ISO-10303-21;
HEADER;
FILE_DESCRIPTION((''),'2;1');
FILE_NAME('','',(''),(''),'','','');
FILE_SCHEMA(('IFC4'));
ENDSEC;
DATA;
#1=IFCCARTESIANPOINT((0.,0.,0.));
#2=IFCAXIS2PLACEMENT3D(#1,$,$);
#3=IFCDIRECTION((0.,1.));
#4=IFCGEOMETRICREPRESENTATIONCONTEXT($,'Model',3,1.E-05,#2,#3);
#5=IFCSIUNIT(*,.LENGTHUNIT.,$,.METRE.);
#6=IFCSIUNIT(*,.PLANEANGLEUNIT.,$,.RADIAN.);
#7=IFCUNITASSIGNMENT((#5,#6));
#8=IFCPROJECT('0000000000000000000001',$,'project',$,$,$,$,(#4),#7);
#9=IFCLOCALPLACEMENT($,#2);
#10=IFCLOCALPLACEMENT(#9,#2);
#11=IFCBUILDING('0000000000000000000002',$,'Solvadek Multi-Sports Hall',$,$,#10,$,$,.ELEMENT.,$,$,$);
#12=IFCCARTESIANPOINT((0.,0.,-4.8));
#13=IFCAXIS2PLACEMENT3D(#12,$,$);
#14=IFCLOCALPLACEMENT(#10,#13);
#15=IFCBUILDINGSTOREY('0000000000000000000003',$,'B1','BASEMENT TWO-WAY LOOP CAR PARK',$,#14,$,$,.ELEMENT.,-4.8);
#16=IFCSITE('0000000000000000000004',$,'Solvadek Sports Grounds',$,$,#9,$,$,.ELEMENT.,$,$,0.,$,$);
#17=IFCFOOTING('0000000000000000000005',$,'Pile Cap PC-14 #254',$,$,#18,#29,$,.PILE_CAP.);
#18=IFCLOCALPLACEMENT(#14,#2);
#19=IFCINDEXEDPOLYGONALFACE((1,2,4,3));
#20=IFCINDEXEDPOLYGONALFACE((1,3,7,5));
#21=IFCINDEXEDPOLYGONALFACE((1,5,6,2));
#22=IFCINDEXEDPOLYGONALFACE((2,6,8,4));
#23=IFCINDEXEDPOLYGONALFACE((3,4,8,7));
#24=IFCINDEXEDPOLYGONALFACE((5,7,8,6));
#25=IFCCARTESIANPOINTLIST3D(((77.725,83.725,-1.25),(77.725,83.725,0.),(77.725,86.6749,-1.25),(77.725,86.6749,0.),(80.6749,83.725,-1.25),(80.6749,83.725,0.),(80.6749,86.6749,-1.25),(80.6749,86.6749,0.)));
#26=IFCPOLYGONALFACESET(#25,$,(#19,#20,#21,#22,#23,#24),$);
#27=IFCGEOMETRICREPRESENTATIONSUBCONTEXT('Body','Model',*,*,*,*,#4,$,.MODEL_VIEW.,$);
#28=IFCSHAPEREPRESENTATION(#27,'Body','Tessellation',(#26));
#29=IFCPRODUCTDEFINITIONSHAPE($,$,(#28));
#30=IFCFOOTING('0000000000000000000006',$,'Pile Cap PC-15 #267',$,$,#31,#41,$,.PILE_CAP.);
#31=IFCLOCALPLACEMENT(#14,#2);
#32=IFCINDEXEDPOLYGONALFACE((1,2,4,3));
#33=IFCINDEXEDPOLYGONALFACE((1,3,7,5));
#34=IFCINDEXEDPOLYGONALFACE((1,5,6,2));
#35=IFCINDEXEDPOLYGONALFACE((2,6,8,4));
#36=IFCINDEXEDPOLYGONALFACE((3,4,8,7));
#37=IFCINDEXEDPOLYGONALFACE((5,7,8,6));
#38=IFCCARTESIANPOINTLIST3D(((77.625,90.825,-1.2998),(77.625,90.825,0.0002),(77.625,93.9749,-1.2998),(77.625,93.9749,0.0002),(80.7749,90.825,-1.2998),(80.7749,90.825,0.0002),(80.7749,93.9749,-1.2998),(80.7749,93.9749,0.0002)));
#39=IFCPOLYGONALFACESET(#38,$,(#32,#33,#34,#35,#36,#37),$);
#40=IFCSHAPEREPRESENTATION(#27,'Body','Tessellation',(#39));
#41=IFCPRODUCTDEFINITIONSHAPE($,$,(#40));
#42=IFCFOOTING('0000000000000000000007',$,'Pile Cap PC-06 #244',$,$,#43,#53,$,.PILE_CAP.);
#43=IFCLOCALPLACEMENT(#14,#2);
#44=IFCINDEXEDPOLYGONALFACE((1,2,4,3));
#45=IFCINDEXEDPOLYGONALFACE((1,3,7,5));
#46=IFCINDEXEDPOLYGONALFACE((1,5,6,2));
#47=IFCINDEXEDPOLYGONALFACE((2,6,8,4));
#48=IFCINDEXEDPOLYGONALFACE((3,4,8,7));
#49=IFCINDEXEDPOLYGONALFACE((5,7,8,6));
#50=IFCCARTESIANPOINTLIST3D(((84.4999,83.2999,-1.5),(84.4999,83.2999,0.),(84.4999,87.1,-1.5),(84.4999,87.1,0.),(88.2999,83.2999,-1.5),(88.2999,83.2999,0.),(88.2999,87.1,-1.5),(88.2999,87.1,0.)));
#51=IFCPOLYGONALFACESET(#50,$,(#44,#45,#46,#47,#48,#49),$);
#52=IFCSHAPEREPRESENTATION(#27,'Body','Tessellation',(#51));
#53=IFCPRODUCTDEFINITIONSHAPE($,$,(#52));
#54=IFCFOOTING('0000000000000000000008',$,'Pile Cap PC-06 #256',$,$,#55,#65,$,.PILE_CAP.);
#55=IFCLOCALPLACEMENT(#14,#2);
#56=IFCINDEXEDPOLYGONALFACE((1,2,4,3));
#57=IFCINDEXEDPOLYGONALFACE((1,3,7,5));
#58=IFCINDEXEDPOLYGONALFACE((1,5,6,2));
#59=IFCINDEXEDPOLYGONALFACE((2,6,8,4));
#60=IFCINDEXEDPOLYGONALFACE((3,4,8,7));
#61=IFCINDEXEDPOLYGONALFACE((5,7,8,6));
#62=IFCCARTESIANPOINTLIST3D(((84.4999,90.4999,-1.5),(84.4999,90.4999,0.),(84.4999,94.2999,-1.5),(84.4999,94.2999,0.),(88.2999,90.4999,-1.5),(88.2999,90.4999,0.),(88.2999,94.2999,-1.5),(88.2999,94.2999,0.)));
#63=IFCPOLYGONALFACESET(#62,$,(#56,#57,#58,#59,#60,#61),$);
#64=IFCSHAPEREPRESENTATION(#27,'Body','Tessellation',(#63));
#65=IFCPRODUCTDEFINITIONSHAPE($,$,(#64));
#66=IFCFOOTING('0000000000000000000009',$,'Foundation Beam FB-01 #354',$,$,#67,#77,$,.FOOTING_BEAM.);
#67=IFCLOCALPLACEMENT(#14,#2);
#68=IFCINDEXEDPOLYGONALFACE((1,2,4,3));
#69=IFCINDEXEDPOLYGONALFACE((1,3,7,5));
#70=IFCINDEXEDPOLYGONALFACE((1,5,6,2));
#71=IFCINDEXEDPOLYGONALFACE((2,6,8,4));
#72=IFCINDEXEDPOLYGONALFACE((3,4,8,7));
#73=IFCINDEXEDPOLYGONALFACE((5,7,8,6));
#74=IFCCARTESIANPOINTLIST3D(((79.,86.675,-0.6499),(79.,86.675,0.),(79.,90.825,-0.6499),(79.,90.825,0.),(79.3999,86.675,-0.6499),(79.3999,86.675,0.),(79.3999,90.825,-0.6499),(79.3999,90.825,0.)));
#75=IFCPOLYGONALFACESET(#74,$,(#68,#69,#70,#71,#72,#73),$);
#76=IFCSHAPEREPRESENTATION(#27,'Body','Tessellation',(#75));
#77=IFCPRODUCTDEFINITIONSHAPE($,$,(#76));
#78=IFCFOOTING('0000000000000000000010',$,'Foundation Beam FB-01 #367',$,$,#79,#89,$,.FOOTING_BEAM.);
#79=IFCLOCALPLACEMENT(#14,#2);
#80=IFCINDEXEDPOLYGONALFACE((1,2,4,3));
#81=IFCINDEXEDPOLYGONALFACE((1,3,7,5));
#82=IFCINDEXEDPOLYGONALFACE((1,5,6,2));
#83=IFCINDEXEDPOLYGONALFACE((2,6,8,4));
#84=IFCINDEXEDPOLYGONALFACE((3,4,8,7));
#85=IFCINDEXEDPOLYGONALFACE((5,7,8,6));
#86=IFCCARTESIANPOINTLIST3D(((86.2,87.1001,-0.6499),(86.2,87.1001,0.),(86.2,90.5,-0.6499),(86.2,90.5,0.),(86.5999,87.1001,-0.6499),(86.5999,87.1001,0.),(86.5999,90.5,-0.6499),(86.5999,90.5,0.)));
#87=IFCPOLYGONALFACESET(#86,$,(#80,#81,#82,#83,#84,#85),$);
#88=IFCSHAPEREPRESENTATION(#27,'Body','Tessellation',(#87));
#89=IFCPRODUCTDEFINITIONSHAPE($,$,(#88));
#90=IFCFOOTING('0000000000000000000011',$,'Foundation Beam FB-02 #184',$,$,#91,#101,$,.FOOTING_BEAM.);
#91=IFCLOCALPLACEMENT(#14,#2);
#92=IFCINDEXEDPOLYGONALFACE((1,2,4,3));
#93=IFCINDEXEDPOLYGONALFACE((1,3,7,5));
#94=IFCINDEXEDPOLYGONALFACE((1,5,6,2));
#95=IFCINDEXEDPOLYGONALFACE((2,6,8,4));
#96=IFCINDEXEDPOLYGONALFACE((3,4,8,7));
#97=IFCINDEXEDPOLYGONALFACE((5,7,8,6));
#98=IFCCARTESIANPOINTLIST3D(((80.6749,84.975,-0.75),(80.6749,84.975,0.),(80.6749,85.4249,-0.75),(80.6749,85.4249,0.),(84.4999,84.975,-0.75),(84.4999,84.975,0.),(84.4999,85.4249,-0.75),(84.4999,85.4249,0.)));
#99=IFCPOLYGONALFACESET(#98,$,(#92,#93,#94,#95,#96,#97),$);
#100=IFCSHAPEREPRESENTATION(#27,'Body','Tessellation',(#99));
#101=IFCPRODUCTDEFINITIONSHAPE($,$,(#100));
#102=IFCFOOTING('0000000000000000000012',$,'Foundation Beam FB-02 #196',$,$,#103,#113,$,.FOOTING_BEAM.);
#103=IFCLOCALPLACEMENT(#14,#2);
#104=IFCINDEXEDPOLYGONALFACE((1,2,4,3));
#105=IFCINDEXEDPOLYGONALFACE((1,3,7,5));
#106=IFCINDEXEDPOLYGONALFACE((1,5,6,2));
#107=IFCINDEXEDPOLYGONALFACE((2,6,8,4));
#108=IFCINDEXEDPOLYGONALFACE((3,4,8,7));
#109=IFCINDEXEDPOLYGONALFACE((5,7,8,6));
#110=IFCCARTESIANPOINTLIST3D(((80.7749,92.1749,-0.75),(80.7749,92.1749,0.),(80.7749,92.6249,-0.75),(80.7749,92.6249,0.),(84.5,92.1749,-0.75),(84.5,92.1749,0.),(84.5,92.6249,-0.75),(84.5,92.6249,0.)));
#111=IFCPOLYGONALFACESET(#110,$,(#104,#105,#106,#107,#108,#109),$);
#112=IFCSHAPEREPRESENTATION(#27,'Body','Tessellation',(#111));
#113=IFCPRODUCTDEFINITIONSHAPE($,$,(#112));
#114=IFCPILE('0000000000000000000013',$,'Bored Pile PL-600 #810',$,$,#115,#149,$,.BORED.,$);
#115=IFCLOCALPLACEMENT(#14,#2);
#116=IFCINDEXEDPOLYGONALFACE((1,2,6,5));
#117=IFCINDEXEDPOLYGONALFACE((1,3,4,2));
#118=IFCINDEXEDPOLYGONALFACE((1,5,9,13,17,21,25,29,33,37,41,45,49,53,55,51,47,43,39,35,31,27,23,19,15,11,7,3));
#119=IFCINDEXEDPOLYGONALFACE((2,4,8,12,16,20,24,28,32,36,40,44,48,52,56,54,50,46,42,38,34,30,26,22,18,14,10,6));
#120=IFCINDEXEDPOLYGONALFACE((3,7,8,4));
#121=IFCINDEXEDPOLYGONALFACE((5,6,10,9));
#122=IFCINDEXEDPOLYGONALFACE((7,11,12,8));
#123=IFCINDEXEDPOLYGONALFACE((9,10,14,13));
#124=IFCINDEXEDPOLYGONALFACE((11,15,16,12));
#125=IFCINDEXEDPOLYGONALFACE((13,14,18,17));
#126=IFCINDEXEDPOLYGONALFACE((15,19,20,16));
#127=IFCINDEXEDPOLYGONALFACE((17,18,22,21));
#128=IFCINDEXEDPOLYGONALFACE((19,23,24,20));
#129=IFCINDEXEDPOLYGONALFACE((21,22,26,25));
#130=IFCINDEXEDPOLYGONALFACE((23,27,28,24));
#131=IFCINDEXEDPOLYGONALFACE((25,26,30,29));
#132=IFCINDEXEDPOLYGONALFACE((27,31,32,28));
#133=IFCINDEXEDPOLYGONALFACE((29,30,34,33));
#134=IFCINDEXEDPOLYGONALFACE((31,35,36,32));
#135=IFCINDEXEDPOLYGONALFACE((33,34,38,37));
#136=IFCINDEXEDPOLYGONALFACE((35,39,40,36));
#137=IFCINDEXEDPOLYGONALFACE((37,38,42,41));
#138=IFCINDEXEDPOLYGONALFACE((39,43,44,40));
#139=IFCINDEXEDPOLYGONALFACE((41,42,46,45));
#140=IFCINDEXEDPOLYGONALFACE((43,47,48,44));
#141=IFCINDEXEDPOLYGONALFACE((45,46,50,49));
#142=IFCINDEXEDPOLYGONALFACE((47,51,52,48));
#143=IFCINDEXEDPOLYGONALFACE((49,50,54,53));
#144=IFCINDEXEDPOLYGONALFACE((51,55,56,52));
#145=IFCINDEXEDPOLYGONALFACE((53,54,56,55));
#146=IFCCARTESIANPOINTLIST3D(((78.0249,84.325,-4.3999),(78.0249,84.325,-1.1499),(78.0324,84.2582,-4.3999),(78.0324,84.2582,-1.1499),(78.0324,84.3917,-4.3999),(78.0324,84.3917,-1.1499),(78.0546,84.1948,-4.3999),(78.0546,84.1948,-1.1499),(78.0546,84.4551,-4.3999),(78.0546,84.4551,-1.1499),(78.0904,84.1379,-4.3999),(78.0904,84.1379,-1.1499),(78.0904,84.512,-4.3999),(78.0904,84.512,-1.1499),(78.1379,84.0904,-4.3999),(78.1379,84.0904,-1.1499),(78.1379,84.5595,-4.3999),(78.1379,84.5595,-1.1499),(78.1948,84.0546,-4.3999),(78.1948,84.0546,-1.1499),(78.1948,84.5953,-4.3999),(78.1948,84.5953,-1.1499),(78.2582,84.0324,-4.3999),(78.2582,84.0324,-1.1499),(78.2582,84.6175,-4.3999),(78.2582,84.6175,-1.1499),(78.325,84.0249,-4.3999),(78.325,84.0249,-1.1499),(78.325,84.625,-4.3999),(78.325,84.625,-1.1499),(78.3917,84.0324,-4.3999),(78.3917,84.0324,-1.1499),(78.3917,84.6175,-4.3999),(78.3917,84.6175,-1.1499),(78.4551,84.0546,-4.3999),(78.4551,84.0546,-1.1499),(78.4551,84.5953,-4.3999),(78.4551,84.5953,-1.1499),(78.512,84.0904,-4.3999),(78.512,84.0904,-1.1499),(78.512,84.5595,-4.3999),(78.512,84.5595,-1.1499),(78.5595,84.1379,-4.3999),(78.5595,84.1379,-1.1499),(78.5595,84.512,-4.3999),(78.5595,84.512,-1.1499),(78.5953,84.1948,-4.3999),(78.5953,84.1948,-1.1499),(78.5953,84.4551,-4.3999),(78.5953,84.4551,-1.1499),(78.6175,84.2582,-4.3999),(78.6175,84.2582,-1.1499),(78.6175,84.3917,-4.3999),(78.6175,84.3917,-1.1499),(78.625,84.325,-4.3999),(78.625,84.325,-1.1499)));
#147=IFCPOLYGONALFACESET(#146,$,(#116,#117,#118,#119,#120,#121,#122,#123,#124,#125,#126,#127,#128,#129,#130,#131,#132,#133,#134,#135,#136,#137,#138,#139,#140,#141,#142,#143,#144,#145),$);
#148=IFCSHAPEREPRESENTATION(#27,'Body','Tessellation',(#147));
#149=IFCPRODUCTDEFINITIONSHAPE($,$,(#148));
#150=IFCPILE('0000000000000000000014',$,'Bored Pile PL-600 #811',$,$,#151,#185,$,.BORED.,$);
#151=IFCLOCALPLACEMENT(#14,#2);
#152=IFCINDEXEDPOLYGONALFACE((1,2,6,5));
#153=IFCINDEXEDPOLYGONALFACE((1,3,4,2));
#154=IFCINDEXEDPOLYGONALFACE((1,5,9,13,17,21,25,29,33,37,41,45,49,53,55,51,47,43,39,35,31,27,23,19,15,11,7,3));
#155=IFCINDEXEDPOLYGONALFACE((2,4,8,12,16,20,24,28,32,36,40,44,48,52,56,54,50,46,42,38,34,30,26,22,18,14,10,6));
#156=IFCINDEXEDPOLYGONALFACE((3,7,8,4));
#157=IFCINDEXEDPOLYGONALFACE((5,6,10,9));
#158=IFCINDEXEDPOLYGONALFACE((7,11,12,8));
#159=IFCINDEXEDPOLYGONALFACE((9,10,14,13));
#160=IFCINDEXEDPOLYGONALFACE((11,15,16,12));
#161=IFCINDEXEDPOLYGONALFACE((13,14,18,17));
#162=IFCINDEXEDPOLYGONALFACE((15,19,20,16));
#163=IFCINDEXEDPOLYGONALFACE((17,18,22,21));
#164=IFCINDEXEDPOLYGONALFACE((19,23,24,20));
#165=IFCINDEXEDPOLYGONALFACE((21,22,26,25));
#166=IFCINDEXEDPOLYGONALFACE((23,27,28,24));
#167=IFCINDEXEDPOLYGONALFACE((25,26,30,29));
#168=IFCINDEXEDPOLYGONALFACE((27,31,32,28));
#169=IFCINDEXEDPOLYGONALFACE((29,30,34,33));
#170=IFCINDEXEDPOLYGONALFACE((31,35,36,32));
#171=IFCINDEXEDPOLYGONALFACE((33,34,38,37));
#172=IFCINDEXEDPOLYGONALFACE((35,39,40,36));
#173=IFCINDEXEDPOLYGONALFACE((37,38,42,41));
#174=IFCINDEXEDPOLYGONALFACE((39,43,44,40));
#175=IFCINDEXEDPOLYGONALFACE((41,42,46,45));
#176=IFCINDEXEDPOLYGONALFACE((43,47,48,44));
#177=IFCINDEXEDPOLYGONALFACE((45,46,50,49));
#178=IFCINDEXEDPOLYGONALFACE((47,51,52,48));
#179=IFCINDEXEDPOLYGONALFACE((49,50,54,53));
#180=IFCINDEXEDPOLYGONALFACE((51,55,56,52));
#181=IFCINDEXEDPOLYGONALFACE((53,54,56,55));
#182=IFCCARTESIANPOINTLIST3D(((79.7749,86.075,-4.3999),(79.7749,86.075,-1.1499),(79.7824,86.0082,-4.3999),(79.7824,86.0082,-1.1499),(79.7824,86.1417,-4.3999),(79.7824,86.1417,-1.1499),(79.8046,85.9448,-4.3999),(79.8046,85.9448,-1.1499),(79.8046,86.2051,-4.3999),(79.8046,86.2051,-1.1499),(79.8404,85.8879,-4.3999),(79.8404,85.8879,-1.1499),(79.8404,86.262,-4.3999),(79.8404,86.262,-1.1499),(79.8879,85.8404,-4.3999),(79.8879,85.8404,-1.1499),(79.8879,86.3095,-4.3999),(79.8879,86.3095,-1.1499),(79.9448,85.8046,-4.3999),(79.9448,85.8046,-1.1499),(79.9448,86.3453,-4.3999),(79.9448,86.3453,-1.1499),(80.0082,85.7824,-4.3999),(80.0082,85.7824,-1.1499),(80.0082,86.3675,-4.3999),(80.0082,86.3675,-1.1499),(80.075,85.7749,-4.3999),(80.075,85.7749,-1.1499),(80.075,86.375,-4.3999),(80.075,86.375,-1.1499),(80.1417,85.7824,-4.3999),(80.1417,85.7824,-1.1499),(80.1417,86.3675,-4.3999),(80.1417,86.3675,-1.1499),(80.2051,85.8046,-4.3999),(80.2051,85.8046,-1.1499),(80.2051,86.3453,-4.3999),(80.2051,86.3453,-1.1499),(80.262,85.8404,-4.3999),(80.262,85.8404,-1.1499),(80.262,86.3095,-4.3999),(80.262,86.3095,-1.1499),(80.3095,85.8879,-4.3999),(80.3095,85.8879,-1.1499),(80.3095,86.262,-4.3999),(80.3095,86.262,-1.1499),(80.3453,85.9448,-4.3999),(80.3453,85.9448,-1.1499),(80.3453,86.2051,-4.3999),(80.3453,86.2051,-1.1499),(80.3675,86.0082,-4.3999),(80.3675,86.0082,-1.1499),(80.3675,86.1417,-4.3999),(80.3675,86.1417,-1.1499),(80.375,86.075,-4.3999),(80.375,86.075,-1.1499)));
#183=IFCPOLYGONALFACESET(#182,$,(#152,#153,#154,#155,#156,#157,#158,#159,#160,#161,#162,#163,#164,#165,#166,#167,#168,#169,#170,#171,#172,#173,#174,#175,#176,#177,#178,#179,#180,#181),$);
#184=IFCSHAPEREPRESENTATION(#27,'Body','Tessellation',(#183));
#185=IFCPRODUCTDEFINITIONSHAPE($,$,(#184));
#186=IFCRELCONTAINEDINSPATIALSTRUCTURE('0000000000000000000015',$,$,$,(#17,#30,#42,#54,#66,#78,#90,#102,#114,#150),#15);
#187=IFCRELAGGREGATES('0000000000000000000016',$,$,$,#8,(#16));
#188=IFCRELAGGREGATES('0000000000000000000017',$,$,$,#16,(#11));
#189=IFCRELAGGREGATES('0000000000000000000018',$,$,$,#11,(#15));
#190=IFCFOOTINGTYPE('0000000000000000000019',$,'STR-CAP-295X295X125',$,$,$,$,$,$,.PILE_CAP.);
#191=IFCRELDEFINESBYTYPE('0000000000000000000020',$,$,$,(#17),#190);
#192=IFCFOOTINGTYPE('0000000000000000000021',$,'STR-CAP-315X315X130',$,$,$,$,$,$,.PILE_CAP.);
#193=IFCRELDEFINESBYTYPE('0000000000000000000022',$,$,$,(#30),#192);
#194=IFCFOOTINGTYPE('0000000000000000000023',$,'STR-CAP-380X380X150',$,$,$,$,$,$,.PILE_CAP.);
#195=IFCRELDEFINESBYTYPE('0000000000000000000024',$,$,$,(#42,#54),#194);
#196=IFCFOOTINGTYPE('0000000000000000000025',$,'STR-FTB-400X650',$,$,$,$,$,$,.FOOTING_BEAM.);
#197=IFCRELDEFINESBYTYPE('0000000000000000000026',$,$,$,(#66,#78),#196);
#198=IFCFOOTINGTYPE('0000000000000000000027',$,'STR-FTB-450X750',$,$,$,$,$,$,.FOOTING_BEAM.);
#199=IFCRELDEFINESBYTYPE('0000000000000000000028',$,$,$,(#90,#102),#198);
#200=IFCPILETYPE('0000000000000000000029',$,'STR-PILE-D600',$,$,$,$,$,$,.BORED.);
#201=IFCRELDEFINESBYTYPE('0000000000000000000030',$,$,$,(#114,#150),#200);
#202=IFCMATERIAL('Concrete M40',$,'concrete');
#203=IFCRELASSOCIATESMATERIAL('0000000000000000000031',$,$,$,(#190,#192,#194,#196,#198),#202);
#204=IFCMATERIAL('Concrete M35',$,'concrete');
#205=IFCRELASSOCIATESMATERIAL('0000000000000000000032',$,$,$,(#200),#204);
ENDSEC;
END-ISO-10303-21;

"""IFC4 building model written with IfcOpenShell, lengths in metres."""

from ifc_helpers import new_model, si_unit, direction, frame, origin, origin_2d, place, context, subcontext, project, spatial, rectangle, circle, extrude, material, material_profile, profile_set, type_object, element, save


model = new_model("IFC4")

# Units and contexts
model_context = context("Model", 3, precision=1e-05, world=origin(), true_north=direction((0.0, 1.0)))
body_context = subcontext(model_context, "Body", "Model", "MODEL_VIEW")
ifc_project = project(units=[si_unit("LENGTHUNIT", "METRE"), si_unit("PLANEANGLEUNIT", "RADIAN")], contexts=[model_context])

# Site, building, storey
site_placement = place(None, origin())
site = spatial("IfcSite", under=ifc_project, at=site_placement, Name="Solvadek Sports Grounds", CompositionType="ELEMENT", RefElevation=0.0)
building_placement = place(site_placement, origin())
building = spatial("IfcBuilding", under=site, at=building_placement, Name="Solvadek Multi-Sports Hall", CompositionType="ELEMENT")
storey_placement = place(building_placement, frame((0.0, 0.0, -4.8)))
storey = spatial("IfcBuildingStorey", under=building, at=storey_placement, Name="B1", Description="BASEMENT TWO-WAY LOOP CAR PARK", CompositionType="ELEMENT", Elevation=-4.8)

# Footings
ifc_material_1 = material(Name="Concrete M40", Category="concrete")
footing_type_1 = type_object("IfcFootingType", Name="STR-CAP-295X295X125", PredefinedType="PILE_CAP", material=ifc_material_1)
footing_1_placement = place(storey_placement, frame((79.2, 85.2, -1.25), z_axis=(0.0, 0.0, 1.0), x_axis=(1.0, 0.0, 0.0)))
element("IfcFooting", 1, at=footing_1_placement, inside=storey, type_object=footing_type_1, Name="Pile Cap PC-14 #254", PredefinedType="PILE_CAP", context=body_context, shape_type="SweptSolid", body=[
    extrude(rectangle(XDim=2.95, YDim=2.95, at=origin_2d()), origin(), (0.0, 0.0, 1.0), 1.25),
])
footing_type_2 = type_object("IfcFootingType", Name="STR-CAP-315X315X130", PredefinedType="PILE_CAP", material=ifc_material_1)
footing_2_placement = place(storey_placement, frame((79.2, 92.3999, -1.2998), z_axis=(0.0, 0.0, 1.0), x_axis=(1.0, 0.0, 0.0)))
element("IfcFooting", 2, at=footing_2_placement, inside=storey, type_object=footing_type_2, Name="Pile Cap PC-15 #267", PredefinedType="PILE_CAP", context=body_context, shape_type="SweptSolid", body=[
    extrude(rectangle(XDim=3.1499, YDim=3.1499, at=origin_2d()), origin(), (0.0, 0.0, 1.0), 1.3),
])
footing_type_3 = type_object("IfcFootingType", Name="STR-CAP-380X380X150", PredefinedType="PILE_CAP", material=ifc_material_1)
for number, where, z_axis, x_axis, name in (
    (3, (86.3999, 85.2, -1.5), (0.0, 0.0, 1.0), (1.0, 0.0, 0.0), "Pile Cap PC-06 #244"),
    (4, (86.3999, 92.3999, -1.5), (0.0, 0.0, 1.0), (1.0, 0.0, 0.0), "Pile Cap PC-06 #256"),
):
    element("IfcFooting", number, at=place(storey_placement, frame(where, z_axis=z_axis, x_axis=x_axis)), inside=storey, type_object=footing_type_3, Name=name, PredefinedType="PILE_CAP", context=body_context, shape_type="SweptSolid", body=[
        extrude(rectangle(XDim=3.8, YDim=3.8, at=origin_2d()), origin(), (0.0, 0.0, 1.0), 1.5),
    ])
footing_type_4 = type_object("IfcFootingType", Name="STR-FTB-400X650", PredefinedType="FOOTING_BEAM", material=ifc_material_1)
footing_3_placement = place(storey_placement, frame((79.2, 88.75, -0.6499), z_axis=(0.0, 0.0, 1.0), x_axis=(0.0, 1.0, 0.0)))
element("IfcFooting", 5, at=footing_3_placement, inside=storey, type_object=footing_type_4, Name="Foundation Beam FB-01 #354", PredefinedType="FOOTING_BEAM", context=body_context, shape_type="SweptSolid", body=[
    extrude(rectangle(XDim=4.1499, YDim=0.3999, at=origin_2d()), origin(), (0.0, 0.0, 1.0), 0.6499),
])
footing_4_placement = place(storey_placement, frame((86.3999, 88.8, -0.6499), z_axis=(0.0, 0.0, 1.0), x_axis=(0.0, 1.0, 0.0)))
element("IfcFooting", 6, at=footing_4_placement, inside=storey, type_object=footing_type_4, Name="Foundation Beam FB-01 #367", PredefinedType="FOOTING_BEAM", context=body_context, shape_type="SweptSolid", body=[
    extrude(rectangle(XDim=3.3999, YDim=0.3999, at=origin_2d()), origin(), (0.0, 0.0, 1.0), 0.6499),
])
footing_type_5 = type_object("IfcFootingType", Name="STR-FTB-450X750", PredefinedType="FOOTING_BEAM", material=ifc_material_1)
footing_5_placement = place(storey_placement, frame((82.5874, 85.2, -0.75), z_axis=(0.0, 0.0, 1.0), x_axis=(1.0, 0.0, 0.0)))
element("IfcFooting", 7, at=footing_5_placement, inside=storey, type_object=footing_type_5, Name="Foundation Beam FB-02 #184", PredefinedType="FOOTING_BEAM", context=body_context, shape_type="SweptSolid", body=[
    extrude(rectangle(XDim=3.825, YDim=0.45, at=origin_2d()), origin(), (0.0, 0.0, 1.0), 0.75),
])
footing_6_placement = place(storey_placement, frame((82.6375, 92.3999, -0.75), z_axis=(0.0, 0.0, 1.0), x_axis=(1.0, 0.0, 0.0)))
element("IfcFooting", 8, at=footing_6_placement, inside=storey, type_object=footing_type_5, Name="Foundation Beam FB-02 #196", PredefinedType="FOOTING_BEAM", context=body_context, shape_type="SweptSolid", body=[
    extrude(rectangle(XDim=3.7251, YDim=0.45, at=origin_2d()), origin(), (0.0, 0.0, 1.0), 0.75),
])

# Piles
ifc_material_2 = material(Name="Concrete M35", Category="concrete")
ifc_material_profile_1 = material_profile(ifc_material_2, circle(Radius=0.3, at=origin_2d()), Name="BORED PILE D600")
ifc_profile_set_1 = profile_set([ifc_material_profile_1], Name="Concrete M35")
pile_type_1 = type_object("IfcPileType", Name="STR-PILE-D600", PredefinedType="BORED", material=ifc_profile_set_1)
for number, where, z_axis, x_axis, name in (
    (9, (78.325, 84.325, -1.1499), (0.0, 0.0, -1.0), (1.0, 0.0, 0.0), "Bored Pile PL-600 #810"),
    (10, (80.075, 86.075, -1.1499), (0.0, 0.0, -1.0), (1.0, 0.0, 0.0), "Bored Pile PL-600 #811"),
):
    element("IfcPile", number, at=place(storey_placement, frame(where, z_axis=z_axis, x_axis=x_axis)), inside=storey, type_object=pile_type_1, Name=name, PredefinedType="BORED", context=body_context, shape_type="SweptSolid", body=[
        extrude(circle(Radius=0.3, at=origin_2d()), origin(), (0.0, 0.0, 1.0), 3.25),
    ])

save(model, "model.ifc")
